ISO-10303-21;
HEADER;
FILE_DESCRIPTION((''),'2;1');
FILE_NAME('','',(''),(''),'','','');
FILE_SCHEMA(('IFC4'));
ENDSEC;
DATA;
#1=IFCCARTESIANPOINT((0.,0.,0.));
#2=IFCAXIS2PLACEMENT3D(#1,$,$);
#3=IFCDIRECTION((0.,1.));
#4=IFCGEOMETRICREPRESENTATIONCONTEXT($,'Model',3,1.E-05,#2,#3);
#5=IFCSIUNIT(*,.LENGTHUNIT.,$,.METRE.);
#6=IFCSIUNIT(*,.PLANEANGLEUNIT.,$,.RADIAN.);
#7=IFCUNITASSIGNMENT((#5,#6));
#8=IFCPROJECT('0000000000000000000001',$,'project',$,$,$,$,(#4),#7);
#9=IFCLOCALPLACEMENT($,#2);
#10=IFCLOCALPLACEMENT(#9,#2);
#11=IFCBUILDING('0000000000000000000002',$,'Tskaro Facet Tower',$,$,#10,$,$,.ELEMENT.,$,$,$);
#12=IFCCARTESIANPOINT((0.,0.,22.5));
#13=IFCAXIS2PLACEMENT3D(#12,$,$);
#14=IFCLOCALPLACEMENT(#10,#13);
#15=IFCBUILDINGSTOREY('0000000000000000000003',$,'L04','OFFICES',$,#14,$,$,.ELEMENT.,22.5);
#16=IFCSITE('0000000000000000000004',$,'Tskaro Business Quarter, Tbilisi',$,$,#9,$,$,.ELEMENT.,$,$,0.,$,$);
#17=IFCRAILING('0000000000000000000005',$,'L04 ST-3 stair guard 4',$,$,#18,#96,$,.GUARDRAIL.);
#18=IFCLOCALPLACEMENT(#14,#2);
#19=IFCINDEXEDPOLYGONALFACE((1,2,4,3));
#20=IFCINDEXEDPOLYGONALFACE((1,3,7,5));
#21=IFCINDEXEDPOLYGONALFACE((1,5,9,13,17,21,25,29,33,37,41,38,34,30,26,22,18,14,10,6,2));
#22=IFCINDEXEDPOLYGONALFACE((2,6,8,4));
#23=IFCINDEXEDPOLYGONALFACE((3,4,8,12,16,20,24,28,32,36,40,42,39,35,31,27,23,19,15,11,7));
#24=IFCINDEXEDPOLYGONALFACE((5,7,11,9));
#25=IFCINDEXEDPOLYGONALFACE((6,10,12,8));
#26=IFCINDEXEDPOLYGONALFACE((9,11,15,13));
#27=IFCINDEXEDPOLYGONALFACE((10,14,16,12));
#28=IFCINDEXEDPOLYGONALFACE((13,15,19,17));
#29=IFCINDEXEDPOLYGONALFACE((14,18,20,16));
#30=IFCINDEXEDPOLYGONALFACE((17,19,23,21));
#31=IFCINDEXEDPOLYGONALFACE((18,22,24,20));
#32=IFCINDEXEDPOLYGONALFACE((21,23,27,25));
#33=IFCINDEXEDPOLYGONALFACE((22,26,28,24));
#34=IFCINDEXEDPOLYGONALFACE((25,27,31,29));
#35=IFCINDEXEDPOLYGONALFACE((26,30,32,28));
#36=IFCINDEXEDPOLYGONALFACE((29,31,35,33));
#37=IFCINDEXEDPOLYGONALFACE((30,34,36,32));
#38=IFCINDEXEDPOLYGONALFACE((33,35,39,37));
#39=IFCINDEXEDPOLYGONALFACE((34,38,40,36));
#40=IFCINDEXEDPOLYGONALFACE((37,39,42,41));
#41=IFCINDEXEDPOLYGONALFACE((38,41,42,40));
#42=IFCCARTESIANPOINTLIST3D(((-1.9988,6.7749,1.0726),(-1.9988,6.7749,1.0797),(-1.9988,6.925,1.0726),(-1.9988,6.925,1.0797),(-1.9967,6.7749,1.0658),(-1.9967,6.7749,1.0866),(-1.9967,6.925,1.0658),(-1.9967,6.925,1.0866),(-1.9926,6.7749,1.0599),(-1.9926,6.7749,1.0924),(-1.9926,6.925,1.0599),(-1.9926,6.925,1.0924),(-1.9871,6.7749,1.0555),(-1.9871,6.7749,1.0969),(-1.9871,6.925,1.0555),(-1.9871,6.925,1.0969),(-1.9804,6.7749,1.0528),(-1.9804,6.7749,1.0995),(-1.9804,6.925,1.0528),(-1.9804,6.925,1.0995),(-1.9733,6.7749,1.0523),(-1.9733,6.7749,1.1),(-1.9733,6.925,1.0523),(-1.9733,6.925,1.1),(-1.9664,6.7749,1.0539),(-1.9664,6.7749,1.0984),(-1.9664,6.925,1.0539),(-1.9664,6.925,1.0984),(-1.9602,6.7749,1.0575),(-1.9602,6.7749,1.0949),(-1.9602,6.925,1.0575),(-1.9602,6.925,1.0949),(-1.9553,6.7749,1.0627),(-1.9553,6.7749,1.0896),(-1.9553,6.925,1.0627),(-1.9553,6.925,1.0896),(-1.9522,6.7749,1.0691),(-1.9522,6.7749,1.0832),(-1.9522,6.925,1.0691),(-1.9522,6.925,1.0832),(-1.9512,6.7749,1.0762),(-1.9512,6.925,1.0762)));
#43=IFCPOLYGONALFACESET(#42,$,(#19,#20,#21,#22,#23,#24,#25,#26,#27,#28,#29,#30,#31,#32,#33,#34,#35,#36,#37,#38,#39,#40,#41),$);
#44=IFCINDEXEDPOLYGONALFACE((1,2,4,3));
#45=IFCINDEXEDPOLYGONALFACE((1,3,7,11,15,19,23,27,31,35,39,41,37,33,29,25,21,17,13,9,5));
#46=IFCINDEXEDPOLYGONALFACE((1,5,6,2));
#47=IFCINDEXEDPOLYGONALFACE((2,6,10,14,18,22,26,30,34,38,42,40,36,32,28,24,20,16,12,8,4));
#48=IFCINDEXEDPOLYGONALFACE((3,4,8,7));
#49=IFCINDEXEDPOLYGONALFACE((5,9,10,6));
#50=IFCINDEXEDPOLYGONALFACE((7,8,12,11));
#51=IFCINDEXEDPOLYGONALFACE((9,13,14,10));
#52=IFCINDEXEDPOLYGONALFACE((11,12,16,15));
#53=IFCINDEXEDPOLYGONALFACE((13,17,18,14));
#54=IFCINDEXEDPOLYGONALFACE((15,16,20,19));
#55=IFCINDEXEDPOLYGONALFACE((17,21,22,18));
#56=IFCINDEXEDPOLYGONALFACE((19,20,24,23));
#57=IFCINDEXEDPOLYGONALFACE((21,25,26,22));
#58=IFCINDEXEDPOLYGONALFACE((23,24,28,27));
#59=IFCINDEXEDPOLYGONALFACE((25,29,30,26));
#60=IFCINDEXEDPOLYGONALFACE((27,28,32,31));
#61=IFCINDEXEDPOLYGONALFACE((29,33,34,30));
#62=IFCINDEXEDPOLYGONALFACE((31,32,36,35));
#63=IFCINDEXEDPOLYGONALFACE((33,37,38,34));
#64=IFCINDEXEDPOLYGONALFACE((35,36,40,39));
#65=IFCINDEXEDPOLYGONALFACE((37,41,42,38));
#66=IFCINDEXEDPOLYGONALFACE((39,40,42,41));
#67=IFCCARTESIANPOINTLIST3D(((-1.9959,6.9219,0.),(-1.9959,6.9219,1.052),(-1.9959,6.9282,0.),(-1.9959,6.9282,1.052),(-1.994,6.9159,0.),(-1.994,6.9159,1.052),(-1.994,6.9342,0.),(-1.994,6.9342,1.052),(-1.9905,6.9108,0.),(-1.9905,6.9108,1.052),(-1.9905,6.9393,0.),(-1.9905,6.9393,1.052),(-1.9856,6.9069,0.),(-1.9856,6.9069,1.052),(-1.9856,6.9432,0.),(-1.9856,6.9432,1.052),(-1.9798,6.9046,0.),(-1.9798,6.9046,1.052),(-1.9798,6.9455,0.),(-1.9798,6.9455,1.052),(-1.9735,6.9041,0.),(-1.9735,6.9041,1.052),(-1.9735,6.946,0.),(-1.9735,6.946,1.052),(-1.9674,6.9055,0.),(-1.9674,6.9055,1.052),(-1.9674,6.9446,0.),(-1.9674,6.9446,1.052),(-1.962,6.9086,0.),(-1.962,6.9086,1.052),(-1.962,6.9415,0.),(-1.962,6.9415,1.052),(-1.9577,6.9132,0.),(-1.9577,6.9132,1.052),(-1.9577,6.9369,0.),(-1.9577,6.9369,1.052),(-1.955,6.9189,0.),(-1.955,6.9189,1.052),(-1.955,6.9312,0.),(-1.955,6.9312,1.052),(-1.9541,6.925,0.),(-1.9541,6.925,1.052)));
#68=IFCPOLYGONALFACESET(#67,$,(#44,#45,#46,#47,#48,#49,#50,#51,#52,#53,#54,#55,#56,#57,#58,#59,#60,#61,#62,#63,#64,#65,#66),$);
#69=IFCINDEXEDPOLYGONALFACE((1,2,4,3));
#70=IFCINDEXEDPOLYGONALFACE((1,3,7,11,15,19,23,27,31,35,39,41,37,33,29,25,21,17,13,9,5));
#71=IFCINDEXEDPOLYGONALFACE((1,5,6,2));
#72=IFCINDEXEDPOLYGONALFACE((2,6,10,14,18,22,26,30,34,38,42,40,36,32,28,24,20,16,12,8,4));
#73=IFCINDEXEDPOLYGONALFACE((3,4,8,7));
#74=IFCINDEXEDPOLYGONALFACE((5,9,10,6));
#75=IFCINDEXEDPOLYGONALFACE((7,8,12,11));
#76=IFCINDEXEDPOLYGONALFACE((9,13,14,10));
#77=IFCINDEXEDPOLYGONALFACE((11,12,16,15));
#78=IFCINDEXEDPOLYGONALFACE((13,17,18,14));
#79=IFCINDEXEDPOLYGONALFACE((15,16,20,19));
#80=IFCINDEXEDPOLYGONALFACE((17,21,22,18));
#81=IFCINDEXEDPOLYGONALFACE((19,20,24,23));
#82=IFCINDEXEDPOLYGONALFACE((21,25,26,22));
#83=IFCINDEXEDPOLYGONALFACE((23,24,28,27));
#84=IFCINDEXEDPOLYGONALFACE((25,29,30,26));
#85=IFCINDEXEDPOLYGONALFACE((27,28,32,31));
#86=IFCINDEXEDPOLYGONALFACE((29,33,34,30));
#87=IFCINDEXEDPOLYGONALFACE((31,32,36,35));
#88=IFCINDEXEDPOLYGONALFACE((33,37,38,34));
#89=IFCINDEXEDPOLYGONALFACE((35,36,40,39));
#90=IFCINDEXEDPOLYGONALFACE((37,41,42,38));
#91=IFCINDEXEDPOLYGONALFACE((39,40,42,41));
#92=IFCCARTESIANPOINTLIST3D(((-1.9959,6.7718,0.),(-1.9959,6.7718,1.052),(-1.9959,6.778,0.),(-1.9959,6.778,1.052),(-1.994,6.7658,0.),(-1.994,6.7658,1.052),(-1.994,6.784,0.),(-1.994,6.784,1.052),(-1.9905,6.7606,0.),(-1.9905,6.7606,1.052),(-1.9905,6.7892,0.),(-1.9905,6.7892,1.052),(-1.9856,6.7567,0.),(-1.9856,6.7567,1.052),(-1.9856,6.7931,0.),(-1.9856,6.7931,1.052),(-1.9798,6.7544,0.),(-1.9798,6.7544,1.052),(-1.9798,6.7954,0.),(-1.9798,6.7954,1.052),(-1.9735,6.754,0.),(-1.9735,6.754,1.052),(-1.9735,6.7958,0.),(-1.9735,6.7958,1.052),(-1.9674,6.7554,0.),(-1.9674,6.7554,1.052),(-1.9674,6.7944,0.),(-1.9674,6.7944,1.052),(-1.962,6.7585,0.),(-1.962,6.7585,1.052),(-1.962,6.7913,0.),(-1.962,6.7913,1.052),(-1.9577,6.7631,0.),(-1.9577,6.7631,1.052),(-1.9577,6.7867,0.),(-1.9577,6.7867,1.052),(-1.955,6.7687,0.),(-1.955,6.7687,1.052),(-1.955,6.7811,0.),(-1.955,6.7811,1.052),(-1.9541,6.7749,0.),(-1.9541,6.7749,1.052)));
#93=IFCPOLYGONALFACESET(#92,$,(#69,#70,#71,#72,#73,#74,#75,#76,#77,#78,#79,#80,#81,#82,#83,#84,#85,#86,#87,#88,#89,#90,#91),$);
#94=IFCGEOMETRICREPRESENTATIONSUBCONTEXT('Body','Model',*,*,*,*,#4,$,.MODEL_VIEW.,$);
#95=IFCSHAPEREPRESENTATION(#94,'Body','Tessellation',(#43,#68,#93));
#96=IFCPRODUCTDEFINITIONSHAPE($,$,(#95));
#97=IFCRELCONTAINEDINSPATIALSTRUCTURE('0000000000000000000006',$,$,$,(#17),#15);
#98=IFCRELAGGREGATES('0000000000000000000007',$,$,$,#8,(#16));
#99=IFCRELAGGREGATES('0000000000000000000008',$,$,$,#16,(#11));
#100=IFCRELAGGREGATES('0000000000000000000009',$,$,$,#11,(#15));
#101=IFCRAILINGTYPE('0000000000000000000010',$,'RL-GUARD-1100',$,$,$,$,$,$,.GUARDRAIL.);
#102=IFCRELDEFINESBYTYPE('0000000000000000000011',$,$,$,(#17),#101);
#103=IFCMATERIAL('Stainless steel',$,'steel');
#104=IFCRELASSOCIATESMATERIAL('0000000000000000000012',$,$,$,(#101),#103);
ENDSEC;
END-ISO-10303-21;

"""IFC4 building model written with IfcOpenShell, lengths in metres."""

from ifc_helpers import new_model, si_unit, direction, frame, origin, origin_2d, place, context, subcontext, project, spatial, circle, extrude, material, type_object, element, save


model = new_model("IFC4")

# Units and contexts
model_context = context("Model", 3, precision=1e-05, world=origin(), true_north=direction((0.0, 1.0)))
body_context = subcontext(model_context, "Body", "Model", "MODEL_VIEW")
ifc_project = project(units=[si_unit("LENGTHUNIT", "METRE"), si_unit("PLANEANGLEUNIT", "RADIAN")], contexts=[model_context])

# Site, building, storey
site_placement = place(None, origin())
site = spatial("IfcSite", under=ifc_project, at=site_placement, Name="Tskaro Business Quarter, Tbilisi", CompositionType="ELEMENT", RefElevation=0.0)
building_placement = place(site_placement, origin())
building = spatial("IfcBuilding", under=site, at=building_placement, Name="Tskaro Facet Tower", CompositionType="ELEMENT")
storey_placement = place(building_placement, frame((0.0, 0.0, 22.5)))
storey = spatial("IfcBuildingStorey", under=building, at=storey_placement, Name="L04", Description="OFFICES", CompositionType="ELEMENT", Elevation=22.5)

# Railing
ifc_material_1 = material(Name="Stainless steel", Category="steel")
railing_type_1 = type_object("IfcRailingType", Name="RL-GUARD-1100", PredefinedType="GUARDRAIL", material=ifc_material_1)
railing_1_placement = place(storey_placement, frame((-1.9751, 6.925, 0.0)))
element("IfcRailing", 1, at=railing_1_placement, inside=storey, type_object=railing_type_1, Name="L04 ST-3 stair guard 4", PredefinedType="GUARDRAIL", context=body_context, shape_type="SweptSolid", body=[
    extrude(circle(Radius=0.0239, at=origin_2d()), frame((0.0, 0.0, 1.0762), z_axis=(0.0, -1.0, 0.0), x_axis=(1.0, 0.0, 0.0)), (0.0, 0.0, 1.0), 0.1501),
    extrude(circle(Radius=0.021, at=origin_2d()), origin(), (0.0, 0.0, 1.0), 1.052),
    extrude(circle(Radius=0.021, at=origin_2d()), frame((0.0, -0.1501, 0.0)), (0.0, 0.0, 1.0), 1.052),
])

save(model, "model.ifc")
